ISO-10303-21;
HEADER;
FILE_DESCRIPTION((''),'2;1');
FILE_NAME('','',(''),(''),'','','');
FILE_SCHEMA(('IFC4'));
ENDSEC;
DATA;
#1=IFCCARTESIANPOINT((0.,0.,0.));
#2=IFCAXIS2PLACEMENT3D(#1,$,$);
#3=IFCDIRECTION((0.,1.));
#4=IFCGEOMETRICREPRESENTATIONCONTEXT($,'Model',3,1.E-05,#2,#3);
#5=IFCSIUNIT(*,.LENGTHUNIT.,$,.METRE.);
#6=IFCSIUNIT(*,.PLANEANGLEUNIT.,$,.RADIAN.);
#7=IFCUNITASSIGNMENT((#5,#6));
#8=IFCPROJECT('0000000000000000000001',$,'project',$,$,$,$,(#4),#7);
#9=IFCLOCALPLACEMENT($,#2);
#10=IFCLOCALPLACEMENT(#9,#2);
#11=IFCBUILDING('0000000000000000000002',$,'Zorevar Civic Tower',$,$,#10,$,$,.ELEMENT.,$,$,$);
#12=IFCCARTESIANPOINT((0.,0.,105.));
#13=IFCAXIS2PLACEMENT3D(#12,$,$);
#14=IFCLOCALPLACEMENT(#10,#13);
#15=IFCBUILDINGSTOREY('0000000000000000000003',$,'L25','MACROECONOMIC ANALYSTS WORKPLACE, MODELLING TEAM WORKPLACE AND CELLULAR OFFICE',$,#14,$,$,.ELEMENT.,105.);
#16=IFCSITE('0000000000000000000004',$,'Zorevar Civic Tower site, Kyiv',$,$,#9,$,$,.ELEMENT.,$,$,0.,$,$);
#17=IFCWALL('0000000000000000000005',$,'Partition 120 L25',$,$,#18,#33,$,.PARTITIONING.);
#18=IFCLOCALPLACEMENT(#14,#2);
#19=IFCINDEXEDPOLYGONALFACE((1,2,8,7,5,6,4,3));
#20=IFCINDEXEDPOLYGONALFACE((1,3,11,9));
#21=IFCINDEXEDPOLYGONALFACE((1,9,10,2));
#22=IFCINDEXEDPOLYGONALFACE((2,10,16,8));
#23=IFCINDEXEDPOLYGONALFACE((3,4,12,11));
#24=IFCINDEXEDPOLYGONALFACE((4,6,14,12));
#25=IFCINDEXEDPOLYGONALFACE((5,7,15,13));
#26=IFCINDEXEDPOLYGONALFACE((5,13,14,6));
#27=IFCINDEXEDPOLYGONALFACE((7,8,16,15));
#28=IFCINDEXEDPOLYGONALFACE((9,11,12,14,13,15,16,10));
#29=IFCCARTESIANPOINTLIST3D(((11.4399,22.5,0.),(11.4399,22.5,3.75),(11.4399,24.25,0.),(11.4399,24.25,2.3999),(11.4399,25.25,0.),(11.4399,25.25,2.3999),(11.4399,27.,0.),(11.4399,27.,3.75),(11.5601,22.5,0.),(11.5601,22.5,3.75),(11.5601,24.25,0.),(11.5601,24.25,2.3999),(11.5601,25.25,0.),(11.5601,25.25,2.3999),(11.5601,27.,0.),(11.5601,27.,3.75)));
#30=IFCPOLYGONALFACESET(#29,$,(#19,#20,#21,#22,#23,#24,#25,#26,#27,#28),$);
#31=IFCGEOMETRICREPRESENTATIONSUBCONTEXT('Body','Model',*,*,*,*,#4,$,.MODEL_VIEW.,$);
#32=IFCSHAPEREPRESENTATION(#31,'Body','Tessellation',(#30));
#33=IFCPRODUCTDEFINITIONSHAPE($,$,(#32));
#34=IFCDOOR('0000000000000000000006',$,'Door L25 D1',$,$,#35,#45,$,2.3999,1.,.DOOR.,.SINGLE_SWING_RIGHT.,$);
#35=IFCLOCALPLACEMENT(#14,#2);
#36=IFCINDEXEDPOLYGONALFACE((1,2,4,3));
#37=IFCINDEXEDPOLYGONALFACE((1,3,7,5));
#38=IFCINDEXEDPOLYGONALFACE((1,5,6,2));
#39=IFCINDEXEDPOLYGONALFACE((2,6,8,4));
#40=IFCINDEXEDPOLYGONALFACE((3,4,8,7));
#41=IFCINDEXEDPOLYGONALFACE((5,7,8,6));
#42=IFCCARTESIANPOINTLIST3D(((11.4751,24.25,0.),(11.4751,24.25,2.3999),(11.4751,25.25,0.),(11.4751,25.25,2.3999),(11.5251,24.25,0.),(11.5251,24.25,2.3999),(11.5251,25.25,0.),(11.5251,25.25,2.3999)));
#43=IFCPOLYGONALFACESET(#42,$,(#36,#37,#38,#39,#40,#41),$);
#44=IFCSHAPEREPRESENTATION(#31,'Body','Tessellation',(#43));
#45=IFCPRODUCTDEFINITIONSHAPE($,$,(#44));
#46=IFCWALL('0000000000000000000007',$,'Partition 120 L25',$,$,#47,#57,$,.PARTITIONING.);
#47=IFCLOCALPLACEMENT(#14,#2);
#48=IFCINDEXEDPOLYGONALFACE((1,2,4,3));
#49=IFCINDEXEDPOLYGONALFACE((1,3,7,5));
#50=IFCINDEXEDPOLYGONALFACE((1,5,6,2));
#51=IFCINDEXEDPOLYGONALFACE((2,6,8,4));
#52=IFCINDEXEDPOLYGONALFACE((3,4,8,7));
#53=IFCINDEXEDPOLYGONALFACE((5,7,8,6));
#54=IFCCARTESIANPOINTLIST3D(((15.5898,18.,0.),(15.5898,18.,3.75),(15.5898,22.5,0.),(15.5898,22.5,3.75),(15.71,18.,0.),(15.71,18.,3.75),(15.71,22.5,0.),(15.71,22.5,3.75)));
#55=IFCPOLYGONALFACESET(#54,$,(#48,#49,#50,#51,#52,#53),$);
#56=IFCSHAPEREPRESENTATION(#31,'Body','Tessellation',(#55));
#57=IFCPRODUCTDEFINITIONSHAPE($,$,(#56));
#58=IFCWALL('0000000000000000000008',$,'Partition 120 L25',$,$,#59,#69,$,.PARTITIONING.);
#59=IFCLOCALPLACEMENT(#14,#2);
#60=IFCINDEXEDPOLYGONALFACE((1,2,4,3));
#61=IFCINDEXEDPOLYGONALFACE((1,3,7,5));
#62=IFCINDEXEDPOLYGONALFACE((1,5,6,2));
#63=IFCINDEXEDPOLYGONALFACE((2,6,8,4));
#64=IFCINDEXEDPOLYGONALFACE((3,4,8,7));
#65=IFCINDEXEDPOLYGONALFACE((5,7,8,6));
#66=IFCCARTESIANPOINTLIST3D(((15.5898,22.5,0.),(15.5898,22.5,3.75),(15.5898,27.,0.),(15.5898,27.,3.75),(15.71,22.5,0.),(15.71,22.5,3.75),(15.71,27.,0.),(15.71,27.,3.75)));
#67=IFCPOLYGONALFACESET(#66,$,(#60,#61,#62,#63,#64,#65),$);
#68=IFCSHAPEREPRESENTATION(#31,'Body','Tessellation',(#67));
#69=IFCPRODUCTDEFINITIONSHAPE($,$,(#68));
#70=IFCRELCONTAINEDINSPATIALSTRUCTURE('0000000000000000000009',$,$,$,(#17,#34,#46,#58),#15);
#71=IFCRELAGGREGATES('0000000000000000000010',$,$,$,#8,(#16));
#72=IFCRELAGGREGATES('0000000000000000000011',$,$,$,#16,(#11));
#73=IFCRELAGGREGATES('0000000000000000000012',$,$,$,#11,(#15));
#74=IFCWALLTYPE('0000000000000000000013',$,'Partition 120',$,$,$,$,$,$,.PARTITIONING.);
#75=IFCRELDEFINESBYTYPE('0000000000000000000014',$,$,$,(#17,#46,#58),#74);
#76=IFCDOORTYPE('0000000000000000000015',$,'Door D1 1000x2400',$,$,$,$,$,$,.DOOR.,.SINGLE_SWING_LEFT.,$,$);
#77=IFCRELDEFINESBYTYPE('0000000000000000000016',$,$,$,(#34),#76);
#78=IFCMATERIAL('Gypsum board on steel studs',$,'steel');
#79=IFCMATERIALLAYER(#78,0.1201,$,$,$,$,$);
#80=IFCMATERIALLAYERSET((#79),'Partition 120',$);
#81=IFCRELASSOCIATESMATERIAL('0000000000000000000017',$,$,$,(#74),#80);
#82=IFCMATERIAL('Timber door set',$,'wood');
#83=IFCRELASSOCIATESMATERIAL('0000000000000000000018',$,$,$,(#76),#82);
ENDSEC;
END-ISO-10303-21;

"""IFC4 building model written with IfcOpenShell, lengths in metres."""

from ifc_helpers import new_model, si_unit, direction, frame, frame_2d, origin, place, context, subcontext, project, spatial, rectangle, extrude, material, layer, layer_set, type_object, element, fill, save


model = new_model("IFC4")

# Units and contexts
model_context = context("Model", 3, precision=1e-05, world=origin(), true_north=direction((0.0, 1.0)))
body_context = subcontext(model_context, "Body", "Model", "MODEL_VIEW")
ifc_project = project(units=[si_unit("LENGTHUNIT", "METRE"), si_unit("PLANEANGLEUNIT", "RADIAN")], contexts=[model_context])

# Site, building, storey
site_placement = place(None, origin())
site = spatial("IfcSite", under=ifc_project, at=site_placement, Name="Zorevar Civic Tower site, Kyiv", CompositionType="ELEMENT", RefElevation=0.0)
building_placement = place(site_placement, origin())
building = spatial("IfcBuilding", under=site, at=building_placement, Name="Zorevar Civic Tower", CompositionType="ELEMENT")
storey_placement = place(building_placement, frame((0.0, 0.0, 105.0)))
storey = spatial("IfcBuildingStorey", under=building, at=storey_placement, Name="L25", Description="MACROECONOMIC ANALYSTS WORKPLACE, MODELLING TEAM WORKPLACE AND CELLULAR OFFICE", CompositionType="ELEMENT", Elevation=105.0)

# Shared definitions
ifc_material_1 = material(Name="Gypsum board on steel studs", Category="steel")
ifc_layer_1 = layer(ifc_material_1, 0.1201)
ifc_layer_set_1 = layer_set([ifc_layer_1], Name="Partition 120")
wall_type_1 = type_object("IfcWallType", Name="Partition 120", PredefinedType="PARTITIONING", material=ifc_layer_set_1)

# Wall, opening, door
ifc_material_2 = material(Name="Timber door set", Category="wood")
door_type_1 = type_object("IfcDoorType", Name="Door D1 1000x2400", OperationType="SINGLE_SWING_LEFT", PredefinedType="DOOR", material=ifc_material_2)
wall_1_placement = place(storey_placement, frame((11.5, 22.5, 0.0), z_axis=(0.0, 0.0, 1.0), x_axis=(0.0, 1.0, 0.0)))
wall_1 = element("IfcWall", 1, at=wall_1_placement, inside=storey, type_object=wall_type_1, Name="Partition 120 L25", PredefinedType="PARTITIONING", context=body_context, shape_type="SweptSolid", body=[
    extrude(rectangle(XDim=4.5, YDim=0.1201, at=frame_2d((2.25, 0.0))), origin(), (0.0, 0.0, 1.0), 3.75),
])
opening_1_placement = place(wall_1_placement, frame((1.75, 0.0, 0.0)))
opening_1 = element("IfcOpeningElement", 2, at=opening_1_placement, cuts=wall_1, PredefinedType="OPENING", context=body_context, shape_type="SweptSolid", body=[
    extrude(rectangle(XDim=1.0, YDim=2.3999, at=frame_2d((0.5, 1.2))), frame((0.0, 0.0701, 0.0), z_axis=(0.0, -1.0, 0.0), x_axis=(1.0, 0.0, 0.0)), (0.0, 0.0, 1.0), 0.1401),
])
door_1_placement = place(opening_1_placement, origin())
door_1 = element("IfcDoor", 3, at=door_1_placement, inside=storey, type_object=door_type_1, Name="Door L25 D1", OperationType="SINGLE_SWING_RIGHT", OverallHeight=2.3999, OverallWidth=1.0, PredefinedType="DOOR", context=body_context, shape_type="SweptSolid", body=[
    extrude(rectangle(XDim=1.0, YDim=2.3999, at=frame_2d((0.5, 1.2))), frame((0.0, 0.0249, 0.0), z_axis=(0.0, -1.0, 0.0), x_axis=(1.0, 0.0, 0.0)), (0.0, 0.0, 1.0), 0.05),
])
fill(opening_1, door_1)

# Walls
for number, where, z_axis, x_axis, name in (
    (4, (15.6499, 18.0, 0.0), (0.0, 0.0, 1.0), (0.0, 1.0, 0.0), "Partition 120 L25"),
    (5, (15.6499, 22.5, 0.0), (0.0, 0.0, 1.0), (0.0, 1.0, 0.0), "Partition 120 L25"),
):
    element("IfcWall", number, at=place(storey_placement, frame(where, z_axis=z_axis, x_axis=x_axis)), inside=storey, type_object=wall_type_1, Name=name, PredefinedType="PARTITIONING", context=body_context, shape_type="SweptSolid", body=[
        extrude(rectangle(XDim=4.5, YDim=0.1201, at=frame_2d((2.25, 0.0))), origin(), (0.0, 0.0, 1.0), 3.75),
    ])

save(model, "model.ifc")
